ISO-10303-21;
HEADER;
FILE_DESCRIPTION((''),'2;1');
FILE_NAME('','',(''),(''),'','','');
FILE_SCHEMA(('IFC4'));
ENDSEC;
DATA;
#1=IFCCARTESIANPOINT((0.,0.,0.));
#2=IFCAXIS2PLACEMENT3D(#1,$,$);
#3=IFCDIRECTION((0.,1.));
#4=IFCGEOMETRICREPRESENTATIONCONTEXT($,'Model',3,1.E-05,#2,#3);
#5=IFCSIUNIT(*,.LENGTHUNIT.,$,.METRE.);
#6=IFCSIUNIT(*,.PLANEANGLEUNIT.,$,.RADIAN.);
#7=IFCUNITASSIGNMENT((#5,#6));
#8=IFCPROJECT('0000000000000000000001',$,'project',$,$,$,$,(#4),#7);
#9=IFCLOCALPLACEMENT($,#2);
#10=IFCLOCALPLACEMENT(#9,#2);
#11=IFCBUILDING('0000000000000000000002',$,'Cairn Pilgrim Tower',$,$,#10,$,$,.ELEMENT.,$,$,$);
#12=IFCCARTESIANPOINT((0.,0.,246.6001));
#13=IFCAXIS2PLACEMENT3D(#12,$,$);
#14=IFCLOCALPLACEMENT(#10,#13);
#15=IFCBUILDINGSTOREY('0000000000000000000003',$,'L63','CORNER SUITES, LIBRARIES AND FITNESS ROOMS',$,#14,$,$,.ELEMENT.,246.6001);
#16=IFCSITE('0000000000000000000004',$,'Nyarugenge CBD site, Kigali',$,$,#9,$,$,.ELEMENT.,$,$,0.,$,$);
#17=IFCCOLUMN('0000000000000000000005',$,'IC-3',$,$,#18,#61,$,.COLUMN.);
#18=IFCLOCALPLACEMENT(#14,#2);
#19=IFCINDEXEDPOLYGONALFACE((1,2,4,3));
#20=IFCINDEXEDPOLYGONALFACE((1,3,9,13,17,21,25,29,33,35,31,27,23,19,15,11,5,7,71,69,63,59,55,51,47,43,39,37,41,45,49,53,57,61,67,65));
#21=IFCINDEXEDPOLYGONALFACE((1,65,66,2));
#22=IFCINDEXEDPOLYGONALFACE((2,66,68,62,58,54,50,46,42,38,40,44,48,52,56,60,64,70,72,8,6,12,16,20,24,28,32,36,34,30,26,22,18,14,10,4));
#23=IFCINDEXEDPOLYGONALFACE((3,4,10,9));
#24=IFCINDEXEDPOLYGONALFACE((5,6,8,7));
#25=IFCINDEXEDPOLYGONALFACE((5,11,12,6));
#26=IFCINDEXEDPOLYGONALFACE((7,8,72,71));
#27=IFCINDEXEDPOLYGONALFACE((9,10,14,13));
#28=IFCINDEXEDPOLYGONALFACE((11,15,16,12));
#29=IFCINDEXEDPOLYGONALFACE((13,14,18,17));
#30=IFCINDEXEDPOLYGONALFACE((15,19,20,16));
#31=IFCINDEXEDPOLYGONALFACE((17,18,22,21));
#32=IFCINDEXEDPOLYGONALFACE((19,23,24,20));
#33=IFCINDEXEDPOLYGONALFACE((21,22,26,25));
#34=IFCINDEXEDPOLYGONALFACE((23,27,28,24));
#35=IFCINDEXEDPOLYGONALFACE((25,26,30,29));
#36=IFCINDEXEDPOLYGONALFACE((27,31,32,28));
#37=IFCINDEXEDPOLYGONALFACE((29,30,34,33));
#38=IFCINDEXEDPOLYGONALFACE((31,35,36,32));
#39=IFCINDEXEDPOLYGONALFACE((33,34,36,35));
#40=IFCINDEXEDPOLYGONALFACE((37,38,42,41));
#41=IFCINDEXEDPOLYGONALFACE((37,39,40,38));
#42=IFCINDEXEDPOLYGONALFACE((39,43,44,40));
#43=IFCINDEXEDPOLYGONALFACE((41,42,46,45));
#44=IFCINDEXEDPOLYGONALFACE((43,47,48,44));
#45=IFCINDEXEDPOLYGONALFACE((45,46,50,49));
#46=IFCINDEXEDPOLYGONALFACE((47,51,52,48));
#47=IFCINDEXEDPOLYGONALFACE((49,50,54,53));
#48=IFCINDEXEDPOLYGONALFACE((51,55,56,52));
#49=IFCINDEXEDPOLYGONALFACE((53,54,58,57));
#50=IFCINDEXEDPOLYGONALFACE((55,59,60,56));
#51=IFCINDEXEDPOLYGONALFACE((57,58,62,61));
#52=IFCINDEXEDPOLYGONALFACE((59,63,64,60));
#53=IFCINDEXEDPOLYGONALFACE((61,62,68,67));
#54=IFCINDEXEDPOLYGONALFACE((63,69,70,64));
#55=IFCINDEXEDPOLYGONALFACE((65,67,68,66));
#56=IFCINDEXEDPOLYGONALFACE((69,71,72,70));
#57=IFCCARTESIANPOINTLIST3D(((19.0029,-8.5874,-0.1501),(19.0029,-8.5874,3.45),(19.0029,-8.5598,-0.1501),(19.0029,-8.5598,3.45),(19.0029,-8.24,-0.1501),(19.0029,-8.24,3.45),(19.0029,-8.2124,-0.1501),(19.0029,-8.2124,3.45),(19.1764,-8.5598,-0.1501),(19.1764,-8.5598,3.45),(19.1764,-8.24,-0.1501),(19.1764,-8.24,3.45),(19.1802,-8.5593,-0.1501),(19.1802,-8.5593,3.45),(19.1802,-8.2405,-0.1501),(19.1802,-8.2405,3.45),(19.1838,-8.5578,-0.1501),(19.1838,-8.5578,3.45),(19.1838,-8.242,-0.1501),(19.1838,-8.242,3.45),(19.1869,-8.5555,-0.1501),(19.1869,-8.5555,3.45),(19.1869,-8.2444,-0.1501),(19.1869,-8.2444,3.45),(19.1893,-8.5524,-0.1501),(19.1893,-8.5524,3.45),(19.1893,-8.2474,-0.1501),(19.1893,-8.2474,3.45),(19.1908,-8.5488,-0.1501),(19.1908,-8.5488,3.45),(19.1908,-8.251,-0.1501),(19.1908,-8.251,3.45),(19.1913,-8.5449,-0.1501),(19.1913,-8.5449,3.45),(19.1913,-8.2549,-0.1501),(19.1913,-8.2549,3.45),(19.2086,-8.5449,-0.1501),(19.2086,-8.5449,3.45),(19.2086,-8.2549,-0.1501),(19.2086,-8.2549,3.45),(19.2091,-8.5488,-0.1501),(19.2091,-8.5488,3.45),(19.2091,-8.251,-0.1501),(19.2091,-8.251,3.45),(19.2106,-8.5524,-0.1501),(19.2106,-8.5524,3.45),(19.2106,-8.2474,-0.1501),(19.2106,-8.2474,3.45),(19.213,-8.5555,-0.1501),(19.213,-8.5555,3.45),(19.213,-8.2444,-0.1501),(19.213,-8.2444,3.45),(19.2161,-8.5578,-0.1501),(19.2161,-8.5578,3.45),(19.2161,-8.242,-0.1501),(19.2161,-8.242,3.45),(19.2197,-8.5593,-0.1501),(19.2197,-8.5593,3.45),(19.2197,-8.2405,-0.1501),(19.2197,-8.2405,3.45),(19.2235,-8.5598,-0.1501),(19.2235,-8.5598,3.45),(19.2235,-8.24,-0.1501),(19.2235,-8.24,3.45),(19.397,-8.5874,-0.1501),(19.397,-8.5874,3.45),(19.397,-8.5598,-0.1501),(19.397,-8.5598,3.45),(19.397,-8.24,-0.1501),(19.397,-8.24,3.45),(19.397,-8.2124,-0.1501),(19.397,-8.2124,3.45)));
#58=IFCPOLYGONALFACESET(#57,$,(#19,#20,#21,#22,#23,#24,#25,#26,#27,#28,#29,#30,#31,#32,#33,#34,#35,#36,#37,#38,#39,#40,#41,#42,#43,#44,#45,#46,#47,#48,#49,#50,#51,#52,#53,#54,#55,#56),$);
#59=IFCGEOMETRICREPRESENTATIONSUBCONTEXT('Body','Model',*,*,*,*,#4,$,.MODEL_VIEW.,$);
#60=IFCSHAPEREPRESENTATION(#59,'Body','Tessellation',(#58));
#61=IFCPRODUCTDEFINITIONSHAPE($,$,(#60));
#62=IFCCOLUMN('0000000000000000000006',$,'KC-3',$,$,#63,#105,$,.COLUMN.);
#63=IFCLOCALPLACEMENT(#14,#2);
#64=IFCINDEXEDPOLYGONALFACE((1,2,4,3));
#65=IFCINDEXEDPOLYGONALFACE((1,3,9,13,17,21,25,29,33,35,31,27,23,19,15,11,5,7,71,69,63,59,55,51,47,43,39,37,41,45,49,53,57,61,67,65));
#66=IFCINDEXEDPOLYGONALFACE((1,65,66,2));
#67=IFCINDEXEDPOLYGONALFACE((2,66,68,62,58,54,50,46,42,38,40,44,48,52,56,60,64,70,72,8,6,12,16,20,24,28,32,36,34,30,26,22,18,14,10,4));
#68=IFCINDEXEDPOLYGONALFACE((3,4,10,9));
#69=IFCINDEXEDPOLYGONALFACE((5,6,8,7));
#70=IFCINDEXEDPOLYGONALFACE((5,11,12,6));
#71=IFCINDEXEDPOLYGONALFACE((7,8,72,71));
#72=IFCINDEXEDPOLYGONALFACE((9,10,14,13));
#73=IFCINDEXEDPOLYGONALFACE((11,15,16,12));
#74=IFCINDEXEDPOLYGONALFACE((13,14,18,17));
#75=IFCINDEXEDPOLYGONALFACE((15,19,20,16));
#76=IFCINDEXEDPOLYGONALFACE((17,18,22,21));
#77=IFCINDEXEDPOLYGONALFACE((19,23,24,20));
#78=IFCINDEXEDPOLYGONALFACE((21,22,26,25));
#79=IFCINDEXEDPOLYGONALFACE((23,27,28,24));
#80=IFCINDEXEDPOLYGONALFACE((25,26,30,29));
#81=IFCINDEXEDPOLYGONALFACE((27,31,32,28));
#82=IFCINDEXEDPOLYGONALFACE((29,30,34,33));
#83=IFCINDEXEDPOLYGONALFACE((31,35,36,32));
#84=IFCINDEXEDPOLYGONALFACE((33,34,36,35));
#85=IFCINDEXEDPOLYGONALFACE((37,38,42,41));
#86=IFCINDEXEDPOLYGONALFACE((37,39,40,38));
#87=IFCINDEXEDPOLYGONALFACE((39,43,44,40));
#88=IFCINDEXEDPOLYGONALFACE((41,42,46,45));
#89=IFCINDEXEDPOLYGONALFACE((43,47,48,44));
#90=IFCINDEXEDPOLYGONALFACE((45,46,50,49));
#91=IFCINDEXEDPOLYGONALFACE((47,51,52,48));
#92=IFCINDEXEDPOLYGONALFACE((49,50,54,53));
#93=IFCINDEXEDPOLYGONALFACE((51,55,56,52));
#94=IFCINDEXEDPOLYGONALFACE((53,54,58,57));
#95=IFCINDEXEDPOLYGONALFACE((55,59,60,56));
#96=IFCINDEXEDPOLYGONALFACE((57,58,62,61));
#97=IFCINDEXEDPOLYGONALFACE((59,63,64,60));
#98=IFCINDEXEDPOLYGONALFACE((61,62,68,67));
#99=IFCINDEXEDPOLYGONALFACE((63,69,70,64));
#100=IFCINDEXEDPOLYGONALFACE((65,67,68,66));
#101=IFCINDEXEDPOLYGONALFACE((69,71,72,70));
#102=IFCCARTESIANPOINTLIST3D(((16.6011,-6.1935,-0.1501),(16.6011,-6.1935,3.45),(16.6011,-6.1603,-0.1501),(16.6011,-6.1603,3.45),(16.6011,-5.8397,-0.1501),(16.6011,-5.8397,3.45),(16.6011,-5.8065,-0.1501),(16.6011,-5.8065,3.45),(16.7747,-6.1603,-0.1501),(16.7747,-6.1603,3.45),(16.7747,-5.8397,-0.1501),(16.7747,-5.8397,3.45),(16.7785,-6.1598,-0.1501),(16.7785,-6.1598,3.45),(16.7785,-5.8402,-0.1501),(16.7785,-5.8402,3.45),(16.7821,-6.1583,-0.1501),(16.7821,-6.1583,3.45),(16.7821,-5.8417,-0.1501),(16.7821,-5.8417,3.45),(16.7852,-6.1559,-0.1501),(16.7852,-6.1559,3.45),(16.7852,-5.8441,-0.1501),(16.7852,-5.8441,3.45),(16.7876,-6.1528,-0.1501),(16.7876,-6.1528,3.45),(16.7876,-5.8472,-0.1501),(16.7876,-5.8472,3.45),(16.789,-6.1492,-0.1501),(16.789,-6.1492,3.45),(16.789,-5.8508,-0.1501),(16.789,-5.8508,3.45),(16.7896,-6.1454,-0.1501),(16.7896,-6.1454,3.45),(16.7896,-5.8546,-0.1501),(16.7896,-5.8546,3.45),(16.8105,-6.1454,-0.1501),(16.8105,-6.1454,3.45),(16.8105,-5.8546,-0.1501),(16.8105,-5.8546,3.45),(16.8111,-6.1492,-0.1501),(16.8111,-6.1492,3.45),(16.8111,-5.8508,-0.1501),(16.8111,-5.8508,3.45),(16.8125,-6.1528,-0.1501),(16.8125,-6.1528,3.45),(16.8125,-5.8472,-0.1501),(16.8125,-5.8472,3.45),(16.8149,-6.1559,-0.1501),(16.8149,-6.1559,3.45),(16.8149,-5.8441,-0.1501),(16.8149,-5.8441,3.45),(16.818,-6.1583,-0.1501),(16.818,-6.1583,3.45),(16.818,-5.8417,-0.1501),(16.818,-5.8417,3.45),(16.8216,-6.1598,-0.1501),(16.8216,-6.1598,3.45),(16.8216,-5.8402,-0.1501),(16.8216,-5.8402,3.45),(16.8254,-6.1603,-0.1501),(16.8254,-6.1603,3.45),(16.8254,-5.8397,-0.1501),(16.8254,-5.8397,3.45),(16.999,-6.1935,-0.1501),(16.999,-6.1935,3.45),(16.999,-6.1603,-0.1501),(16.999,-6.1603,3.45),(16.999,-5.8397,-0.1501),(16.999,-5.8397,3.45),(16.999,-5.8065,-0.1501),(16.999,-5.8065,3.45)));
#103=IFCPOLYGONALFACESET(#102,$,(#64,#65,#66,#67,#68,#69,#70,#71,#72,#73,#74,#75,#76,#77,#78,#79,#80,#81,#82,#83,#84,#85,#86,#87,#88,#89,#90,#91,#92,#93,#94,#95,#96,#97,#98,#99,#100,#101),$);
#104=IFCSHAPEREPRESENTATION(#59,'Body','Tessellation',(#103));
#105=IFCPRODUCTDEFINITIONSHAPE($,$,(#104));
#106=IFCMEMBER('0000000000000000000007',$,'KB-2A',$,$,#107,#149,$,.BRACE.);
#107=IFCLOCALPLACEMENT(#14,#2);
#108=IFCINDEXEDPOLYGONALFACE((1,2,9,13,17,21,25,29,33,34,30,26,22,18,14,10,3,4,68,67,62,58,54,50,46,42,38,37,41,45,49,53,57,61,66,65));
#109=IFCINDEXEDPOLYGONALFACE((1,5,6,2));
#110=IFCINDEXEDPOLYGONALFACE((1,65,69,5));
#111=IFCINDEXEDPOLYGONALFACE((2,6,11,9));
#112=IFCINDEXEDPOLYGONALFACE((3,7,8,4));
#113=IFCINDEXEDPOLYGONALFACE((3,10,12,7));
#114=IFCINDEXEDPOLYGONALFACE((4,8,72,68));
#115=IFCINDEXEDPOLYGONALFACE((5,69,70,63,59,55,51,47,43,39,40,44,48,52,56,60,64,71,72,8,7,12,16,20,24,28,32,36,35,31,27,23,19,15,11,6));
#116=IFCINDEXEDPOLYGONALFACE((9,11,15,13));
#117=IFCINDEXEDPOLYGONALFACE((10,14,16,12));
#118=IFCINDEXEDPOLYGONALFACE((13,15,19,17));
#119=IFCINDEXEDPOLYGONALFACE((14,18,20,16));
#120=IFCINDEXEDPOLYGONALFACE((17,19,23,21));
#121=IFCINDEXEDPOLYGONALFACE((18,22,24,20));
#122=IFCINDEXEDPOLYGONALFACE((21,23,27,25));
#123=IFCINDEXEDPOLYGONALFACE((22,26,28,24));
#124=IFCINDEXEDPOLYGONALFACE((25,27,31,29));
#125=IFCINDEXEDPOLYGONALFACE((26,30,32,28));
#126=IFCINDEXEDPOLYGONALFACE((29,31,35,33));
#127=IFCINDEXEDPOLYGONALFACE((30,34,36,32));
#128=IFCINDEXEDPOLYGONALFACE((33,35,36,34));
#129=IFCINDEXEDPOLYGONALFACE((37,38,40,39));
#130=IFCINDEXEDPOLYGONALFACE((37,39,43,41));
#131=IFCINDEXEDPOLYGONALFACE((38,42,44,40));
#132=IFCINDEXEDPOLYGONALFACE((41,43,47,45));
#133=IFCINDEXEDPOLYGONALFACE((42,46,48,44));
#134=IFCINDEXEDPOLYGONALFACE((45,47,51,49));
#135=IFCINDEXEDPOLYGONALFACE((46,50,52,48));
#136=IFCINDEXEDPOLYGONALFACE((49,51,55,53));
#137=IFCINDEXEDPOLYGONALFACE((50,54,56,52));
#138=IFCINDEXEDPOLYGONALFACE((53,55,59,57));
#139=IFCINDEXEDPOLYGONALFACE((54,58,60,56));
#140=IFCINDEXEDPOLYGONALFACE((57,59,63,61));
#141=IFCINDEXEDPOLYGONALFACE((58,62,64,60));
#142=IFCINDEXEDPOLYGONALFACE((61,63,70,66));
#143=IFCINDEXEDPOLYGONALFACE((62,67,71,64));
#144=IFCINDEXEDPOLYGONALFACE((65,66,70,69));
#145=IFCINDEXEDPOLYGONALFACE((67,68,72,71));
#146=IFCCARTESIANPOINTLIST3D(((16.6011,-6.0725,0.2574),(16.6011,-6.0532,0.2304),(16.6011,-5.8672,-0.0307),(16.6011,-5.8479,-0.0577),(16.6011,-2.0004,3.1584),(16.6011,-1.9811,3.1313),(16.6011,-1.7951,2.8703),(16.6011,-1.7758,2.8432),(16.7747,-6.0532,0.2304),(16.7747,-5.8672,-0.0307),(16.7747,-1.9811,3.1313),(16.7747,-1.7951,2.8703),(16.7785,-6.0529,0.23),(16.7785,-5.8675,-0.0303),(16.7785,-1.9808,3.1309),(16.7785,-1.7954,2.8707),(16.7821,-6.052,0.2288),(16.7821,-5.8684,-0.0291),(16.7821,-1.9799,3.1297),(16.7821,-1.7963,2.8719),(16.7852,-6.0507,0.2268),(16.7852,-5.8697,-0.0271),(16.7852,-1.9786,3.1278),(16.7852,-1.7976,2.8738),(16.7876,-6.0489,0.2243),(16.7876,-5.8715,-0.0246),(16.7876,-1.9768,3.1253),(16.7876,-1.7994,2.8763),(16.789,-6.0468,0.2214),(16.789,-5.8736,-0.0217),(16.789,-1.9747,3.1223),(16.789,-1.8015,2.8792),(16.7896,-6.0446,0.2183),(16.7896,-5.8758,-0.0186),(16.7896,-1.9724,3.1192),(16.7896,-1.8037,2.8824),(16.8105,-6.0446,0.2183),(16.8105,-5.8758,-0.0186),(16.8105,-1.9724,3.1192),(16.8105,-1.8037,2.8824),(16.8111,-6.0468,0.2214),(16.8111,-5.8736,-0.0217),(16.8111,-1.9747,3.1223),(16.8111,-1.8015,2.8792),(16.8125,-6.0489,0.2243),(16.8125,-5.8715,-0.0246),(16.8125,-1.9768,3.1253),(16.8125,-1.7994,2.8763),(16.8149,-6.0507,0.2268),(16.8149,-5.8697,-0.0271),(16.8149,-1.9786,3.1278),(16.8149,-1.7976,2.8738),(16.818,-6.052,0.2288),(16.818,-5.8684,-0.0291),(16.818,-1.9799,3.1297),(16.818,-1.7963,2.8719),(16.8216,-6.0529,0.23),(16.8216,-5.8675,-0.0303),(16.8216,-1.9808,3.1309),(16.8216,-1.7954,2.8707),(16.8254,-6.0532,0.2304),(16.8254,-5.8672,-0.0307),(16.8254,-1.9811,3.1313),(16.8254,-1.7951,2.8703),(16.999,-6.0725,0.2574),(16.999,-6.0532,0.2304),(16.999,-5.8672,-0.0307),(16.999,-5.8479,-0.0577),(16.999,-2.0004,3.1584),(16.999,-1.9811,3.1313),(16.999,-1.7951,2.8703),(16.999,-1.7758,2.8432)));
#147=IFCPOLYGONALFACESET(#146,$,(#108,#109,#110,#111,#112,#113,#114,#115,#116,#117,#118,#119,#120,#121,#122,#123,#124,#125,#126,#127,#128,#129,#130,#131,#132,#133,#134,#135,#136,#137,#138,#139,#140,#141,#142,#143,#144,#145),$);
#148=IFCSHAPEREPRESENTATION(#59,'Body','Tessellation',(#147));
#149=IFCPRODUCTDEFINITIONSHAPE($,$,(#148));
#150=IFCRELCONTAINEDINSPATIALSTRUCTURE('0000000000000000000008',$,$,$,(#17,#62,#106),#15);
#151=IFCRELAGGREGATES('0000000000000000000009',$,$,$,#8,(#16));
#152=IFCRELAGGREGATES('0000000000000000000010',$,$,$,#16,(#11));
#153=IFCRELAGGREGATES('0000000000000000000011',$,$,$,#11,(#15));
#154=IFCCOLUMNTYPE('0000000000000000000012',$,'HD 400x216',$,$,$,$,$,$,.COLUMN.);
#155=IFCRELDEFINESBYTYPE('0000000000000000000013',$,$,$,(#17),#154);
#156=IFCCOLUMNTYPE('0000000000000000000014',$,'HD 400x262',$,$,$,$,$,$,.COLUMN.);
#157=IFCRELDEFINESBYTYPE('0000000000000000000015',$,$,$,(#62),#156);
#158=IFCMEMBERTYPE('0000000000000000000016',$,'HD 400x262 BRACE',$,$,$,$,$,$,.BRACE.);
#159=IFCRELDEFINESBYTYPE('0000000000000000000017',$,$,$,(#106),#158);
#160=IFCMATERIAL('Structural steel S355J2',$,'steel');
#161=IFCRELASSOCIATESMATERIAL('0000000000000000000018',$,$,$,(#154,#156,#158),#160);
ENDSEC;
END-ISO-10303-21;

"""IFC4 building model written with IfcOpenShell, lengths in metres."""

from ifc_helpers import new_model, si_unit, direction, frame, origin, origin_2d, place, context, subcontext, project, spatial, i_section, extrude, material, material_profile, profile_set, type_object, element, save


model = new_model("IFC4")

# Units and contexts
model_context = context("Model", 3, precision=1e-05, world=origin(), true_north=direction((0.0, 1.0)))
body_context = subcontext(model_context, "Body", "Model", "MODEL_VIEW")
ifc_project = project(units=[si_unit("LENGTHUNIT", "METRE"), si_unit("PLANEANGLEUNIT", "RADIAN")], contexts=[model_context])

# Site, building, storey
site_placement = place(None, origin())
site = spatial("IfcSite", under=ifc_project, at=site_placement, Name="Nyarugenge CBD site, Kigali", CompositionType="ELEMENT", RefElevation=0.0)
building_placement = place(site_placement, origin())
building = spatial("IfcBuilding", under=site, at=building_placement, Name="Cairn Pilgrim Tower", CompositionType="ELEMENT")
storey_placement = place(building_placement, frame((0.0, 0.0, 246.6001)))
storey = spatial("IfcBuildingStorey", under=building, at=storey_placement, Name="L63", Description="CORNER SUITES, LIBRARIES AND FITNESS ROOMS", CompositionType="ELEMENT", Elevation=246.6001)

# Columns
ifc_material_1 = material(Name="Structural steel S355J2", Category="steel")
ifc_material_profile_1 = material_profile(ifc_material_1, i_section(OverallWidth=0.394, OverallDepth=0.375, WebThickness=0.0173, FlangeThickness=0.0276, FilletRadius=0.0149, at=origin_2d()), Name="HD 400x216")
ifc_profile_set_1 = profile_set([ifc_material_profile_1], Name="Structural steel S355J2")
column_type_1 = type_object("IfcColumnType", Name="HD 400x216", PredefinedType="COLUMN", material=ifc_profile_set_1)
column_1_placement = place(storey_placement, frame((19.2, -8.3999, -0.1501), z_axis=(0.0, 0.0, 1.0), x_axis=(1.0, 0.0, 0.0)))
element("IfcColumn", 1, at=column_1_placement, inside=storey, type_object=column_type_1, Name="IC-3", PredefinedType="COLUMN", context=body_context, shape_type="SweptSolid", body=[
    extrude(i_section(OverallWidth=0.394, OverallDepth=0.375, WebThickness=0.0173, FlangeThickness=0.0276, FilletRadius=0.0149, at=origin_2d()), origin(), (0.0, 0.0, 1.0), 3.6001),
])
ifc_material_profile_2 = material_profile(ifc_material_1, i_section(OverallWidth=0.3979, OverallDepth=0.387, WebThickness=0.021, FlangeThickness=0.0332, FilletRadius=0.0149, at=origin_2d()), Name="HD 400x262")
ifc_profile_set_2 = profile_set([ifc_material_profile_2], Name="Structural steel S355J2")
column_type_2 = type_object("IfcColumnType", Name="HD 400x262", PredefinedType="COLUMN", material=ifc_profile_set_2)
column_2_placement = place(storey_placement, frame((16.8, -6.0, -0.1501), z_axis=(0.0, 0.0, 1.0), x_axis=(1.0, 0.0, 0.0)))
element("IfcColumn", 2, at=column_2_placement, inside=storey, type_object=column_type_2, Name="KC-3", PredefinedType="COLUMN", context=body_context, shape_type="SweptSolid", body=[
    extrude(i_section(OverallWidth=0.3979, OverallDepth=0.387, WebThickness=0.021, FlangeThickness=0.0332, FilletRadius=0.0149, at=origin_2d()), origin(), (0.0, 0.0, 1.0), 3.6001),
])

# Member
ifc_material_profile_3 = material_profile(ifc_material_1, i_section(OverallWidth=0.3979, OverallDepth=0.387, WebThickness=0.021, FlangeThickness=0.0332, FilletRadius=0.0149, at=origin_2d()), Name="HD 400x262")
ifc_profile_set_3 = profile_set([ifc_material_profile_3], Name="Structural steel S355J2")
member_type = type_object("IfcMemberType", Name="HD 400x262 BRACE", PredefinedType="BRACE", material=ifc_profile_set_3)
member_placement = place(storey_placement, frame((16.8, -5.9602, 0.0999), z_axis=(0.0, 0.814462, 0.580217), x_axis=(-1.0, 0.0, 0.0)))
element("IfcMember", 3, at=member_placement, inside=storey, type_object=member_type, Name="KB-2A", PredefinedType="BRACE", context=body_context, shape_type="SweptSolid", body=[
    extrude(i_section(OverallWidth=0.3979, OverallDepth=0.387, WebThickness=0.021, FlangeThickness=0.0332, FilletRadius=0.0149, at=origin_2d()), origin(), (0.0, 0.0, 1.0), 4.9998),
])

save(model, "model.ifc")
